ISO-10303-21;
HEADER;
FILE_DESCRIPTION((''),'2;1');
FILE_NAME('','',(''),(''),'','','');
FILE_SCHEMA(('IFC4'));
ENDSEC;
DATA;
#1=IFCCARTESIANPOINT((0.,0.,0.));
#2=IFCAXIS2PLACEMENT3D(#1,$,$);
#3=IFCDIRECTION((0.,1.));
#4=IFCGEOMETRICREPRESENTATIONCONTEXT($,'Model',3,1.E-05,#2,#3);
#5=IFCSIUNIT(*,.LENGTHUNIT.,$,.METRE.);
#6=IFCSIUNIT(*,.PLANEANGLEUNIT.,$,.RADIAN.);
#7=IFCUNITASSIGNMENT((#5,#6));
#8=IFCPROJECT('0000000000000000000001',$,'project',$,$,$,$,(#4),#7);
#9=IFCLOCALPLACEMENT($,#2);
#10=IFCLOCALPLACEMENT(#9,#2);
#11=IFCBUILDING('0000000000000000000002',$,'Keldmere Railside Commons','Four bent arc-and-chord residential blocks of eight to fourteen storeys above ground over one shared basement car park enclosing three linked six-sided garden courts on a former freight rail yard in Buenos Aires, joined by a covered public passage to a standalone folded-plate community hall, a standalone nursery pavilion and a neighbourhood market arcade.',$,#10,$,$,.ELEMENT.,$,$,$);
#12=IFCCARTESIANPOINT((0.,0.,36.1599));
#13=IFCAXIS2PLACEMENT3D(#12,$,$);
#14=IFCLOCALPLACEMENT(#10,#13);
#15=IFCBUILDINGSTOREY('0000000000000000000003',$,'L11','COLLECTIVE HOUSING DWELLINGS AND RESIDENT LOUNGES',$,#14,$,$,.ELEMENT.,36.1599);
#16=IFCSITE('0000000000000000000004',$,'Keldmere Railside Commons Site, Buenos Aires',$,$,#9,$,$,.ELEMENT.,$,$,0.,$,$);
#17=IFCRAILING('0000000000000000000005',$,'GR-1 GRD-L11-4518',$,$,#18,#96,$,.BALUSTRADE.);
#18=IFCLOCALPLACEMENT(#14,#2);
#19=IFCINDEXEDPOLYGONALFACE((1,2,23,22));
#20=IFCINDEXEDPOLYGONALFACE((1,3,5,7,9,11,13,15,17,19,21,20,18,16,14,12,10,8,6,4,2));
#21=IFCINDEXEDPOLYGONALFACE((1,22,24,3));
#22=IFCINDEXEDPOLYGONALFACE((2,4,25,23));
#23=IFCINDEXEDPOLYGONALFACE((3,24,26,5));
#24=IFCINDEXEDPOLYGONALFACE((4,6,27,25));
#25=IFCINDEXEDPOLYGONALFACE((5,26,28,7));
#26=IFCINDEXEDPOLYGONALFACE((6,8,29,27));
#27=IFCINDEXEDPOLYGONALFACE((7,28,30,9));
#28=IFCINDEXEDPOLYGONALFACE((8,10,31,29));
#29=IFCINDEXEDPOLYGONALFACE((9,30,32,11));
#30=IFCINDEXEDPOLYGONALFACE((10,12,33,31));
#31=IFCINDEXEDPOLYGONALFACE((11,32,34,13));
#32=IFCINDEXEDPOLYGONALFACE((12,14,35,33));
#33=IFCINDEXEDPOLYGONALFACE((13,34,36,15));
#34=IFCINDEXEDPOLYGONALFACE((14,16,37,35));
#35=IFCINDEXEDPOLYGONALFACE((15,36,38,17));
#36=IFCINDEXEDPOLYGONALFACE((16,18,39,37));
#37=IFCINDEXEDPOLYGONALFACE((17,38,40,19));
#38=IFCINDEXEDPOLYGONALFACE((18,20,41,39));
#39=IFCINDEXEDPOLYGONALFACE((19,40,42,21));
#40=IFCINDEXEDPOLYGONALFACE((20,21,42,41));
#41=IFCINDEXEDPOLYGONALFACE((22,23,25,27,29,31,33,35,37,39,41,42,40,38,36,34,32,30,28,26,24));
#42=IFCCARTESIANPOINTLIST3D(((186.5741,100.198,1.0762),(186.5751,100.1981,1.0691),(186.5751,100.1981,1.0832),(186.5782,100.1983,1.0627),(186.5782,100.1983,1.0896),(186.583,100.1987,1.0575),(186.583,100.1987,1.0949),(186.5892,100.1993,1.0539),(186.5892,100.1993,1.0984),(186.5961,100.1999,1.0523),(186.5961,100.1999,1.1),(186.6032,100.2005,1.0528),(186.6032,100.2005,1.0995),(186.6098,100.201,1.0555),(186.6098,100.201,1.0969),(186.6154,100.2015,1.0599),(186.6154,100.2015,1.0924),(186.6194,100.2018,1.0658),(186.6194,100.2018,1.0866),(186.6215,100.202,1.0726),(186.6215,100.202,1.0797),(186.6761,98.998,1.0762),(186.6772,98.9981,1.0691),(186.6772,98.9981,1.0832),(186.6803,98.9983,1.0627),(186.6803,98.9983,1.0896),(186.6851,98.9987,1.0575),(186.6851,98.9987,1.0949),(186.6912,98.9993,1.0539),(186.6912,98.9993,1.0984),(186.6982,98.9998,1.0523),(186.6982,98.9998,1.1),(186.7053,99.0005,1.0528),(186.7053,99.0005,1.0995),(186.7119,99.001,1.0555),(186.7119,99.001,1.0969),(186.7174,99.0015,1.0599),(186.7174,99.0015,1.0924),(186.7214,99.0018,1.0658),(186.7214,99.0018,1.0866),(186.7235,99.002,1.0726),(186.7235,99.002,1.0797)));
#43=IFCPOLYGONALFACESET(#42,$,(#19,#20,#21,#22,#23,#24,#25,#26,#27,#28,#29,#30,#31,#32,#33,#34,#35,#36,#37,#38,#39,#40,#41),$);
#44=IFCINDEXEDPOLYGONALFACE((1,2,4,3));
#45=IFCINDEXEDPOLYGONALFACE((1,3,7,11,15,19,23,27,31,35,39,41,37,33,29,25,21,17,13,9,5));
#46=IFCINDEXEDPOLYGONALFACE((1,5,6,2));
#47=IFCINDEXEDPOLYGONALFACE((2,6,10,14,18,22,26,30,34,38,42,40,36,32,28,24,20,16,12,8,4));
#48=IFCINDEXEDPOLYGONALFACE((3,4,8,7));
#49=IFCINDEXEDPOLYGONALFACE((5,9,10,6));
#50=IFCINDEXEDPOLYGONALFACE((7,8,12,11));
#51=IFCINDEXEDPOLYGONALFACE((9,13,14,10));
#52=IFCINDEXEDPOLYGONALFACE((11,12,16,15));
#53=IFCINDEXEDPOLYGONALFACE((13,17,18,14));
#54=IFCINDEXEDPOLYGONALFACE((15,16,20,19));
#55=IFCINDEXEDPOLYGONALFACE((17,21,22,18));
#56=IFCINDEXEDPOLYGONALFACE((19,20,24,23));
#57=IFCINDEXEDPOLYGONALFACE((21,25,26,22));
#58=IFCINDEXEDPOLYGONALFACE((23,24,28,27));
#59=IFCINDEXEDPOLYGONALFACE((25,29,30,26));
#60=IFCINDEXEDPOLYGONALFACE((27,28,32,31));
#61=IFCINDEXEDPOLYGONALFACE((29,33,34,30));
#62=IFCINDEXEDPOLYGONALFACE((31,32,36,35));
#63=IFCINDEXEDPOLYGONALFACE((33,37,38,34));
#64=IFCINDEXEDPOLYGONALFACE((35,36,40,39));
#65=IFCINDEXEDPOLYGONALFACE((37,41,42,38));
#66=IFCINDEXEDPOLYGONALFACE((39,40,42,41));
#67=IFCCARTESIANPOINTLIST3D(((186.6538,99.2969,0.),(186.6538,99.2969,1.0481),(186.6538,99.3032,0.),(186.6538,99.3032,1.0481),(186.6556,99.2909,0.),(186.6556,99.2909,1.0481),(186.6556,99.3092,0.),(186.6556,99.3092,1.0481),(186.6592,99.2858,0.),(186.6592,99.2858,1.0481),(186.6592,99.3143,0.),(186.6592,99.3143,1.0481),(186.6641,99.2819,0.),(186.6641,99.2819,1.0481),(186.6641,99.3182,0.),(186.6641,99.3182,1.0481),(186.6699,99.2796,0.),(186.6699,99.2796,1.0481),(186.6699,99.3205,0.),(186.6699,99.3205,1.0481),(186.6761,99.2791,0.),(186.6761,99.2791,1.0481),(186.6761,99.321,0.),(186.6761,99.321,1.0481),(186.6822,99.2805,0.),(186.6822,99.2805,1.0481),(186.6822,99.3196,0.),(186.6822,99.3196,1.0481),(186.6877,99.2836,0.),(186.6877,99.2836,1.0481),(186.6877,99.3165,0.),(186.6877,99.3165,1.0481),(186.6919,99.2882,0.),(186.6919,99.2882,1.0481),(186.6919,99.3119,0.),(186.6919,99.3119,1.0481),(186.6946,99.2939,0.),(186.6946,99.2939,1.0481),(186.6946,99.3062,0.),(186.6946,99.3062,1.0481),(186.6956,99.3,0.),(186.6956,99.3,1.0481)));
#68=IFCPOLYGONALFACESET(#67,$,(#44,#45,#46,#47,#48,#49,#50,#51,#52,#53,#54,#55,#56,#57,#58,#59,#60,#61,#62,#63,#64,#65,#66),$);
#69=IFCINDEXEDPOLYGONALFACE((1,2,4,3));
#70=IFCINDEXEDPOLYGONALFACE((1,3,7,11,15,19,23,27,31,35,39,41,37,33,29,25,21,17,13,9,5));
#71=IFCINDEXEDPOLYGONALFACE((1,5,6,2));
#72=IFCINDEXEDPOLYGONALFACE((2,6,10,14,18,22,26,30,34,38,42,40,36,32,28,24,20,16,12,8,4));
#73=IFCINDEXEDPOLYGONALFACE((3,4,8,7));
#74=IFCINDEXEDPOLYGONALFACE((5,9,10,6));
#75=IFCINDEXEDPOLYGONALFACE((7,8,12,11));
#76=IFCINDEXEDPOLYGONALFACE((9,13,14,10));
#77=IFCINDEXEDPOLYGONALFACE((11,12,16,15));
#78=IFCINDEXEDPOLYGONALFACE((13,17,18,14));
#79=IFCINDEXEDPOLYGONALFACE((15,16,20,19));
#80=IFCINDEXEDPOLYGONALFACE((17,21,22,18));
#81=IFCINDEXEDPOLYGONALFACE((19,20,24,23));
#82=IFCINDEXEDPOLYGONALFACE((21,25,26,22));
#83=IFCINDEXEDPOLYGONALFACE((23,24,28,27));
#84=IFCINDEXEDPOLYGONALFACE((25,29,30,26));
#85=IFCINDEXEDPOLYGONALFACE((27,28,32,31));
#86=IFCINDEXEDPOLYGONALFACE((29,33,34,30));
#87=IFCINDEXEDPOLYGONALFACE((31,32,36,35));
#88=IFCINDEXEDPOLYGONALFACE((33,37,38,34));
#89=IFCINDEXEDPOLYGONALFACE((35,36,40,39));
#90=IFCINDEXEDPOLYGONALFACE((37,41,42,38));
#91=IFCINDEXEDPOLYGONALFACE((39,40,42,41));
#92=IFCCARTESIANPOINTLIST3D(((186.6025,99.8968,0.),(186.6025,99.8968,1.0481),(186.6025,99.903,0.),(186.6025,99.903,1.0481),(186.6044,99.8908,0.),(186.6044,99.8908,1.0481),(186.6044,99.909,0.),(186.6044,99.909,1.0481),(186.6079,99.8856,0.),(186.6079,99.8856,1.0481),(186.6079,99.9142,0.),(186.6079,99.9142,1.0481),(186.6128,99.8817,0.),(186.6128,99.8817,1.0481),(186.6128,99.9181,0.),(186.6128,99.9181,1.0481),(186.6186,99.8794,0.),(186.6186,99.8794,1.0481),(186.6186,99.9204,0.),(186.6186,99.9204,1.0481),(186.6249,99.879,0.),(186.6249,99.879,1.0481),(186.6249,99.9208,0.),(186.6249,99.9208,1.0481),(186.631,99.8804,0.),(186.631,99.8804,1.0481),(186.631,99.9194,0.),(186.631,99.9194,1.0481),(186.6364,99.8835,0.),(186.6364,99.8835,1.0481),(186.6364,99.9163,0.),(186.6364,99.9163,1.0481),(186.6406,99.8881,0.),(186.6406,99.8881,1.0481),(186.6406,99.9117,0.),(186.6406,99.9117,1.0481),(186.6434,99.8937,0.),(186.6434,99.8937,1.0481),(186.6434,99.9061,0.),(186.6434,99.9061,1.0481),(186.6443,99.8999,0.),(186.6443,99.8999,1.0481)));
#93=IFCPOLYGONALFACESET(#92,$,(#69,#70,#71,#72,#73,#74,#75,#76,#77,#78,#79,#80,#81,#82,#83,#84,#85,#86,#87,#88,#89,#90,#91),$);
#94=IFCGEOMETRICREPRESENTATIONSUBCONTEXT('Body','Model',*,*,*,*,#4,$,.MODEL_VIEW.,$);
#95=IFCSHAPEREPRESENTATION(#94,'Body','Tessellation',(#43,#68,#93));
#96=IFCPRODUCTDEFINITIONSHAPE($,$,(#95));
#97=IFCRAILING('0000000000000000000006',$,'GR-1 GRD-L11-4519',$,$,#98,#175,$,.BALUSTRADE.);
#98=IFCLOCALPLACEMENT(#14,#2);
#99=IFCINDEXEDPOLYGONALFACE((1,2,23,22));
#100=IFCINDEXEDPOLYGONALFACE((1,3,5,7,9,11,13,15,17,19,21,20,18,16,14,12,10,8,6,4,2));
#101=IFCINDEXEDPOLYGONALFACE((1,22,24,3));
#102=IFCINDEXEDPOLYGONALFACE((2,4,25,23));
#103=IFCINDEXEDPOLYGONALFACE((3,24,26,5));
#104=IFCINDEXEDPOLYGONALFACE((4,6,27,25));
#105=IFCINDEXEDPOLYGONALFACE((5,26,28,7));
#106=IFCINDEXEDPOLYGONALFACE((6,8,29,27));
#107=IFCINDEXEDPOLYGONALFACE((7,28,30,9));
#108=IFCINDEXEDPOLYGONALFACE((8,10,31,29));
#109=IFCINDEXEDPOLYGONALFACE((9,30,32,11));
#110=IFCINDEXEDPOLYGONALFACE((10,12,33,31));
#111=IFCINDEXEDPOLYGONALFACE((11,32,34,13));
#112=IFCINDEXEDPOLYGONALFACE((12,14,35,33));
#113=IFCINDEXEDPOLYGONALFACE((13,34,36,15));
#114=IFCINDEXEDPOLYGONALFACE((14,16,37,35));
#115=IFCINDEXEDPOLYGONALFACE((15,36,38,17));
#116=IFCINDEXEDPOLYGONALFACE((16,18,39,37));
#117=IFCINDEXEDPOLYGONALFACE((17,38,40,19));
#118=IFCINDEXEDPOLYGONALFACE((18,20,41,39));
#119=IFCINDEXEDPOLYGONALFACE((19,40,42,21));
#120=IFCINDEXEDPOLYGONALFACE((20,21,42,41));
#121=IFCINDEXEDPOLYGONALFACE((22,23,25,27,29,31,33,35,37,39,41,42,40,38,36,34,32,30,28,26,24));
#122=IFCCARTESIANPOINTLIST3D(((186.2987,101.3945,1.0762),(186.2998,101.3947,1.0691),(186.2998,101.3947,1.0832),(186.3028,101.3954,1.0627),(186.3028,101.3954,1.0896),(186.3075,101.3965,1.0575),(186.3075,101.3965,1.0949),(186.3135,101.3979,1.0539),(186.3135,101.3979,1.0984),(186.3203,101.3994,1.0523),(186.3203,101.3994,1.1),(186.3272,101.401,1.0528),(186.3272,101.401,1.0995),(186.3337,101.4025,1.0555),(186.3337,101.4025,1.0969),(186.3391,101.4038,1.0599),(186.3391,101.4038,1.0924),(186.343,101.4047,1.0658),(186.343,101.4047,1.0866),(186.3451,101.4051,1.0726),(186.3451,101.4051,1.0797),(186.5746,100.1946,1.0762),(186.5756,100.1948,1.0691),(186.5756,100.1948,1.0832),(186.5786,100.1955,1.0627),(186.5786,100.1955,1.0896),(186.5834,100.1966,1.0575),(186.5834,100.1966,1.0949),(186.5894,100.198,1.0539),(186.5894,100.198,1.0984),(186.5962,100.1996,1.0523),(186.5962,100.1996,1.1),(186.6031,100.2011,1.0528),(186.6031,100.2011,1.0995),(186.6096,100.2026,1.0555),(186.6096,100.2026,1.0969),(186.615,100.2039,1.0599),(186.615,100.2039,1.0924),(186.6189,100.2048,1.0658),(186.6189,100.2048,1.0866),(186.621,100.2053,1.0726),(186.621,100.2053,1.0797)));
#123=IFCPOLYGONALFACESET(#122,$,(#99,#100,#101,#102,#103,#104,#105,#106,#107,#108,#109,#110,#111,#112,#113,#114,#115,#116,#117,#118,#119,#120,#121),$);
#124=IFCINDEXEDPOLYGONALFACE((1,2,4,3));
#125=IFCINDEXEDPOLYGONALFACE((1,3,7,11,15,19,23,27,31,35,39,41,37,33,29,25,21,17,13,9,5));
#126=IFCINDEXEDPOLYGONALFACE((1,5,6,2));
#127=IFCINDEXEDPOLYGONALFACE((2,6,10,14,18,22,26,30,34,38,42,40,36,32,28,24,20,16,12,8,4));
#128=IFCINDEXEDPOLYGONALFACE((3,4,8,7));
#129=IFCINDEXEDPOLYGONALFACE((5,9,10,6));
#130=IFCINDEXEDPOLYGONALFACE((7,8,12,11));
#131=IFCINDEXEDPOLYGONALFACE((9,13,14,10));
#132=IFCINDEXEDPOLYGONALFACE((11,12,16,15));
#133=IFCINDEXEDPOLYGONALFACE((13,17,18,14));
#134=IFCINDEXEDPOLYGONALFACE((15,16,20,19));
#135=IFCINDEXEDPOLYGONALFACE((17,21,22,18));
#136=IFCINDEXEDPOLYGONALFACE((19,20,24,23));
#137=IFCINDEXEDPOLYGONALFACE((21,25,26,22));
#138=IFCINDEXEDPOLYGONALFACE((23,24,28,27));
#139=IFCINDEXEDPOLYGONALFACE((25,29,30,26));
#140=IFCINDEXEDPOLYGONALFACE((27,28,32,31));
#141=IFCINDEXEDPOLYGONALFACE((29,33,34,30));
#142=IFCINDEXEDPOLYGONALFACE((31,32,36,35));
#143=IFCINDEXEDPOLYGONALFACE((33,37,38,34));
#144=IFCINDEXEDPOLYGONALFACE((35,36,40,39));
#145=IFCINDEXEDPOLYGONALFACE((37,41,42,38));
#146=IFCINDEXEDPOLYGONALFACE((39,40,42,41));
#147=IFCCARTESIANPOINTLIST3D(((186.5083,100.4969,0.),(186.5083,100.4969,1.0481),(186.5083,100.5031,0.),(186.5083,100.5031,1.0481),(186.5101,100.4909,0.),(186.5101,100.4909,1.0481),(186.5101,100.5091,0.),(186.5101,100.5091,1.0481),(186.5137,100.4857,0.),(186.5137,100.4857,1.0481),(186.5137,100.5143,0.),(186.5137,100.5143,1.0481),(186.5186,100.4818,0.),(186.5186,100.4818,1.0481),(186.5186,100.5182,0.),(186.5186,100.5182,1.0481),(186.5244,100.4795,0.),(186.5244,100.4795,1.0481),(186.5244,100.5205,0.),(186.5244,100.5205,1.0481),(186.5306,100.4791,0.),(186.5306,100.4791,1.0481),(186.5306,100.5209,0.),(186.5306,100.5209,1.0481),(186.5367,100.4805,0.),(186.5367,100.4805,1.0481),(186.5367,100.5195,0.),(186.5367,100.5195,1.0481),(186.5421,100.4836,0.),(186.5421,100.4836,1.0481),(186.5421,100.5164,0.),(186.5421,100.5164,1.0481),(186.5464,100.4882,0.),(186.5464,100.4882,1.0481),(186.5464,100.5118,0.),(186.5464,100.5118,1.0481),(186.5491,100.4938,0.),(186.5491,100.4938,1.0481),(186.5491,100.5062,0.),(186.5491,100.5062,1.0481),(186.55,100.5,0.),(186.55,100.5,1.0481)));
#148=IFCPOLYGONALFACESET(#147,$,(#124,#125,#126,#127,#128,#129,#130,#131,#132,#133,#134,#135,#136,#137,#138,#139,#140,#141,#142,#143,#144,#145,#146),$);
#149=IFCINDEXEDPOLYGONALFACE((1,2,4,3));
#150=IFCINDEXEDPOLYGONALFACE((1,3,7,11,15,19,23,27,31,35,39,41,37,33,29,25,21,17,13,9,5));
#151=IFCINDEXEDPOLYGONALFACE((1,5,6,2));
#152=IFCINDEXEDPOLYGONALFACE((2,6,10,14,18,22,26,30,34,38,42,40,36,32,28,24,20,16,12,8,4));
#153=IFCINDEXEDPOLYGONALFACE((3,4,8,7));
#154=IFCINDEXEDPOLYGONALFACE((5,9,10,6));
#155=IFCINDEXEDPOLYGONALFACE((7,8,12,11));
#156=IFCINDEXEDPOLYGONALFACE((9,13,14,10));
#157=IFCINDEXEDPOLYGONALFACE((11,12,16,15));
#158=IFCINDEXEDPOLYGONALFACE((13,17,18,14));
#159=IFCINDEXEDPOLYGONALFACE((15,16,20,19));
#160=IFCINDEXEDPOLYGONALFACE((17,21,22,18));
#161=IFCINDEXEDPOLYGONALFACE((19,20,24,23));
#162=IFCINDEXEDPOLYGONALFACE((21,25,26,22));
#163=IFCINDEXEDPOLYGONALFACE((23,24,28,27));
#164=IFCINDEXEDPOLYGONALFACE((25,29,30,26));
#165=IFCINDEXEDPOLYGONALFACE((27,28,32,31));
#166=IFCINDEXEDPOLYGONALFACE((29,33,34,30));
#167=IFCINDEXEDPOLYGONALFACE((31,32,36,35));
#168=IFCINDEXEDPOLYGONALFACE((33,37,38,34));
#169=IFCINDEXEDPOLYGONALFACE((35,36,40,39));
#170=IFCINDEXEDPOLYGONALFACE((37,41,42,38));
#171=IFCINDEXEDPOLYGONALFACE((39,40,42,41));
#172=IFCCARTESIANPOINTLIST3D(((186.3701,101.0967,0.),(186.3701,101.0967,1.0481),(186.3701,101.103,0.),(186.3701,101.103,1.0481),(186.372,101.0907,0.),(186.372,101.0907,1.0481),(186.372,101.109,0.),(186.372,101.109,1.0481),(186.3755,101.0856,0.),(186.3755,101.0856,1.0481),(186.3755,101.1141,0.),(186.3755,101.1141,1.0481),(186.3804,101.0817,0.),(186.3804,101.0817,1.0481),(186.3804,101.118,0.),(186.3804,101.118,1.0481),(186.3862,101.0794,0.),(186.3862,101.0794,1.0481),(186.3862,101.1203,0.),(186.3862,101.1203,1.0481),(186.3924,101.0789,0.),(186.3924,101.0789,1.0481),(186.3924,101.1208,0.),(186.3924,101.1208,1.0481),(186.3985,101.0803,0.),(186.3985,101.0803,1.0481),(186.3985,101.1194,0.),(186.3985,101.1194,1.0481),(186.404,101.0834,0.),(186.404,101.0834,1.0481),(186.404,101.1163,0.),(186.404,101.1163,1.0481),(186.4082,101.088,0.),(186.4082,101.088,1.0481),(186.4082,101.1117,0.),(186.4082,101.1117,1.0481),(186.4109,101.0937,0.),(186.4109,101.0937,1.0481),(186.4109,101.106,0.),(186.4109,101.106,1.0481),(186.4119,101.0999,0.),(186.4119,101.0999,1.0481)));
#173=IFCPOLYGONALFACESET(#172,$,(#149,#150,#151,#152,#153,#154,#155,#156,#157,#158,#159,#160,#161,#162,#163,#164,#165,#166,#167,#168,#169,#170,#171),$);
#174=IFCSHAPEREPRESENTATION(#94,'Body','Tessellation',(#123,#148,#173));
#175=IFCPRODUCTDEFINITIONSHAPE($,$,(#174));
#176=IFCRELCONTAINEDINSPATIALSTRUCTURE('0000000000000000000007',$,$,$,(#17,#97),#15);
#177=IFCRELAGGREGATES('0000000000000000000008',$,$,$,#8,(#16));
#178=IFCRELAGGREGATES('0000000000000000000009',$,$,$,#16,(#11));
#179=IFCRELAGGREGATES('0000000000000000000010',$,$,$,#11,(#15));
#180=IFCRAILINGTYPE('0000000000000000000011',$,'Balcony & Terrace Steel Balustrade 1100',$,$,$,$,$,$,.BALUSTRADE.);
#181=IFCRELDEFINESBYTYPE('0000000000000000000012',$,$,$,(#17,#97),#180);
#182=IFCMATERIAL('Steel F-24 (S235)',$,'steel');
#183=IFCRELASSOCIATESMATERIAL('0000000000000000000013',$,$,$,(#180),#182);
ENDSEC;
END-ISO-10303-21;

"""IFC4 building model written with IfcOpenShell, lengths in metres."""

from ifc_helpers import new_model, si_unit, direction, frame, origin, origin_2d, place, context, subcontext, project, spatial, circle, extrude, material, type_object, element, save


model = new_model("IFC4")

# Units and contexts
model_context = context("Model", 3, precision=1e-05, world=origin(), true_north=direction((0.0, 1.0)))
body_context = subcontext(model_context, "Body", "Model", "MODEL_VIEW")
ifc_project = project(units=[si_unit("LENGTHUNIT", "METRE"), si_unit("PLANEANGLEUNIT", "RADIAN")], contexts=[model_context])

# Site, building, storey
site_placement = place(None, origin())
site = spatial("IfcSite", under=ifc_project, at=site_placement, Name="Keldmere Railside Commons Site, Buenos Aires", CompositionType="ELEMENT", RefElevation=0.0)
building_placement = place(site_placement, origin())
building = spatial("IfcBuilding", under=site, at=building_placement, Name="Keldmere Railside Commons", Description="Four bent arc-and-chord residential blocks of eight to fourteen storeys above ground over one shared basement car park enclosing three linked six-sided garden courts on a former freight rail yard in Buenos Aires, joined by a covered public passage to a standalone folded-plate community hall, a standalone nursery pavilion and a neighbourhood market arcade.", CompositionType="ELEMENT")
storey_placement = place(building_placement, frame((0.0, 0.0, 36.1599)))
storey = spatial("IfcBuildingStorey", under=building, at=storey_placement, Name="L11", Description="COLLECTIVE HOUSING DWELLINGS AND RESIDENT LOUNGES", CompositionType="ELEMENT", Elevation=36.1599)

# Railings
ifc_material_1 = material(Name="Steel F-24 (S235)", Category="steel")
railing_type = type_object("IfcRailingType", Name="Balcony & Terrace Steel Balustrade 1100", PredefinedType="BALUSTRADE", material=ifc_material_1)
railing_1_placement = place(storey_placement, frame((186.7, 99.0, 0.0)))
element("IfcRailing", 1, at=railing_1_placement, inside=storey, type_object=railing_type, Name="GR-1 GRD-L11-4518", PredefinedType="BALUSTRADE", context=body_context, shape_type="SweptSolid", body=[
    extrude(circle(Radius=0.0239, at=origin_2d()), frame((0.0, 0.0, 1.0762), z_axis=(-0.08474, 0.996403, 0.0), x_axis=(-0.996403, -0.08474, 0.0)), (0.0, 0.0, 1.0), 1.2043),
    extrude(circle(Radius=0.021, at=origin_2d()), frame((-0.0254, 0.3, 0.0)), (0.0, 0.0, 1.0), 1.0481),
    extrude(circle(Radius=0.021, at=origin_2d()), frame((-0.0767, 0.8999, 0.0)), (0.0, 0.0, 1.0), 1.0481),
])
railing_2_placement = place(storey_placement, frame((186.5979, 100.2, 0.0)))
element("IfcRailing", 2, at=railing_2_placement, inside=storey, type_object=railing_type, Name="GR-1 GRD-L11-4519", PredefinedType="BALUSTRADE", context=body_context, shape_type="SweptSolid", body=[
    extrude(circle(Radius=0.0239, at=origin_2d()), frame((0.0, 0.0, 1.0762), z_axis=(-0.224063, 0.974575, 0.0), x_axis=(-0.974575, -0.224063, 0.0)), (0.0, 0.0, 1.0), 1.2312),
    extrude(circle(Radius=0.021, at=origin_2d()), frame((-0.0688, 0.3, 0.0)), (0.0, 0.0, 1.0), 1.0481),
    extrude(circle(Radius=0.021, at=origin_2d()), frame((-0.207, 0.8999, 0.0)), (0.0, 0.0, 1.0), 1.0481),
])

save(model, "model.ifc")
